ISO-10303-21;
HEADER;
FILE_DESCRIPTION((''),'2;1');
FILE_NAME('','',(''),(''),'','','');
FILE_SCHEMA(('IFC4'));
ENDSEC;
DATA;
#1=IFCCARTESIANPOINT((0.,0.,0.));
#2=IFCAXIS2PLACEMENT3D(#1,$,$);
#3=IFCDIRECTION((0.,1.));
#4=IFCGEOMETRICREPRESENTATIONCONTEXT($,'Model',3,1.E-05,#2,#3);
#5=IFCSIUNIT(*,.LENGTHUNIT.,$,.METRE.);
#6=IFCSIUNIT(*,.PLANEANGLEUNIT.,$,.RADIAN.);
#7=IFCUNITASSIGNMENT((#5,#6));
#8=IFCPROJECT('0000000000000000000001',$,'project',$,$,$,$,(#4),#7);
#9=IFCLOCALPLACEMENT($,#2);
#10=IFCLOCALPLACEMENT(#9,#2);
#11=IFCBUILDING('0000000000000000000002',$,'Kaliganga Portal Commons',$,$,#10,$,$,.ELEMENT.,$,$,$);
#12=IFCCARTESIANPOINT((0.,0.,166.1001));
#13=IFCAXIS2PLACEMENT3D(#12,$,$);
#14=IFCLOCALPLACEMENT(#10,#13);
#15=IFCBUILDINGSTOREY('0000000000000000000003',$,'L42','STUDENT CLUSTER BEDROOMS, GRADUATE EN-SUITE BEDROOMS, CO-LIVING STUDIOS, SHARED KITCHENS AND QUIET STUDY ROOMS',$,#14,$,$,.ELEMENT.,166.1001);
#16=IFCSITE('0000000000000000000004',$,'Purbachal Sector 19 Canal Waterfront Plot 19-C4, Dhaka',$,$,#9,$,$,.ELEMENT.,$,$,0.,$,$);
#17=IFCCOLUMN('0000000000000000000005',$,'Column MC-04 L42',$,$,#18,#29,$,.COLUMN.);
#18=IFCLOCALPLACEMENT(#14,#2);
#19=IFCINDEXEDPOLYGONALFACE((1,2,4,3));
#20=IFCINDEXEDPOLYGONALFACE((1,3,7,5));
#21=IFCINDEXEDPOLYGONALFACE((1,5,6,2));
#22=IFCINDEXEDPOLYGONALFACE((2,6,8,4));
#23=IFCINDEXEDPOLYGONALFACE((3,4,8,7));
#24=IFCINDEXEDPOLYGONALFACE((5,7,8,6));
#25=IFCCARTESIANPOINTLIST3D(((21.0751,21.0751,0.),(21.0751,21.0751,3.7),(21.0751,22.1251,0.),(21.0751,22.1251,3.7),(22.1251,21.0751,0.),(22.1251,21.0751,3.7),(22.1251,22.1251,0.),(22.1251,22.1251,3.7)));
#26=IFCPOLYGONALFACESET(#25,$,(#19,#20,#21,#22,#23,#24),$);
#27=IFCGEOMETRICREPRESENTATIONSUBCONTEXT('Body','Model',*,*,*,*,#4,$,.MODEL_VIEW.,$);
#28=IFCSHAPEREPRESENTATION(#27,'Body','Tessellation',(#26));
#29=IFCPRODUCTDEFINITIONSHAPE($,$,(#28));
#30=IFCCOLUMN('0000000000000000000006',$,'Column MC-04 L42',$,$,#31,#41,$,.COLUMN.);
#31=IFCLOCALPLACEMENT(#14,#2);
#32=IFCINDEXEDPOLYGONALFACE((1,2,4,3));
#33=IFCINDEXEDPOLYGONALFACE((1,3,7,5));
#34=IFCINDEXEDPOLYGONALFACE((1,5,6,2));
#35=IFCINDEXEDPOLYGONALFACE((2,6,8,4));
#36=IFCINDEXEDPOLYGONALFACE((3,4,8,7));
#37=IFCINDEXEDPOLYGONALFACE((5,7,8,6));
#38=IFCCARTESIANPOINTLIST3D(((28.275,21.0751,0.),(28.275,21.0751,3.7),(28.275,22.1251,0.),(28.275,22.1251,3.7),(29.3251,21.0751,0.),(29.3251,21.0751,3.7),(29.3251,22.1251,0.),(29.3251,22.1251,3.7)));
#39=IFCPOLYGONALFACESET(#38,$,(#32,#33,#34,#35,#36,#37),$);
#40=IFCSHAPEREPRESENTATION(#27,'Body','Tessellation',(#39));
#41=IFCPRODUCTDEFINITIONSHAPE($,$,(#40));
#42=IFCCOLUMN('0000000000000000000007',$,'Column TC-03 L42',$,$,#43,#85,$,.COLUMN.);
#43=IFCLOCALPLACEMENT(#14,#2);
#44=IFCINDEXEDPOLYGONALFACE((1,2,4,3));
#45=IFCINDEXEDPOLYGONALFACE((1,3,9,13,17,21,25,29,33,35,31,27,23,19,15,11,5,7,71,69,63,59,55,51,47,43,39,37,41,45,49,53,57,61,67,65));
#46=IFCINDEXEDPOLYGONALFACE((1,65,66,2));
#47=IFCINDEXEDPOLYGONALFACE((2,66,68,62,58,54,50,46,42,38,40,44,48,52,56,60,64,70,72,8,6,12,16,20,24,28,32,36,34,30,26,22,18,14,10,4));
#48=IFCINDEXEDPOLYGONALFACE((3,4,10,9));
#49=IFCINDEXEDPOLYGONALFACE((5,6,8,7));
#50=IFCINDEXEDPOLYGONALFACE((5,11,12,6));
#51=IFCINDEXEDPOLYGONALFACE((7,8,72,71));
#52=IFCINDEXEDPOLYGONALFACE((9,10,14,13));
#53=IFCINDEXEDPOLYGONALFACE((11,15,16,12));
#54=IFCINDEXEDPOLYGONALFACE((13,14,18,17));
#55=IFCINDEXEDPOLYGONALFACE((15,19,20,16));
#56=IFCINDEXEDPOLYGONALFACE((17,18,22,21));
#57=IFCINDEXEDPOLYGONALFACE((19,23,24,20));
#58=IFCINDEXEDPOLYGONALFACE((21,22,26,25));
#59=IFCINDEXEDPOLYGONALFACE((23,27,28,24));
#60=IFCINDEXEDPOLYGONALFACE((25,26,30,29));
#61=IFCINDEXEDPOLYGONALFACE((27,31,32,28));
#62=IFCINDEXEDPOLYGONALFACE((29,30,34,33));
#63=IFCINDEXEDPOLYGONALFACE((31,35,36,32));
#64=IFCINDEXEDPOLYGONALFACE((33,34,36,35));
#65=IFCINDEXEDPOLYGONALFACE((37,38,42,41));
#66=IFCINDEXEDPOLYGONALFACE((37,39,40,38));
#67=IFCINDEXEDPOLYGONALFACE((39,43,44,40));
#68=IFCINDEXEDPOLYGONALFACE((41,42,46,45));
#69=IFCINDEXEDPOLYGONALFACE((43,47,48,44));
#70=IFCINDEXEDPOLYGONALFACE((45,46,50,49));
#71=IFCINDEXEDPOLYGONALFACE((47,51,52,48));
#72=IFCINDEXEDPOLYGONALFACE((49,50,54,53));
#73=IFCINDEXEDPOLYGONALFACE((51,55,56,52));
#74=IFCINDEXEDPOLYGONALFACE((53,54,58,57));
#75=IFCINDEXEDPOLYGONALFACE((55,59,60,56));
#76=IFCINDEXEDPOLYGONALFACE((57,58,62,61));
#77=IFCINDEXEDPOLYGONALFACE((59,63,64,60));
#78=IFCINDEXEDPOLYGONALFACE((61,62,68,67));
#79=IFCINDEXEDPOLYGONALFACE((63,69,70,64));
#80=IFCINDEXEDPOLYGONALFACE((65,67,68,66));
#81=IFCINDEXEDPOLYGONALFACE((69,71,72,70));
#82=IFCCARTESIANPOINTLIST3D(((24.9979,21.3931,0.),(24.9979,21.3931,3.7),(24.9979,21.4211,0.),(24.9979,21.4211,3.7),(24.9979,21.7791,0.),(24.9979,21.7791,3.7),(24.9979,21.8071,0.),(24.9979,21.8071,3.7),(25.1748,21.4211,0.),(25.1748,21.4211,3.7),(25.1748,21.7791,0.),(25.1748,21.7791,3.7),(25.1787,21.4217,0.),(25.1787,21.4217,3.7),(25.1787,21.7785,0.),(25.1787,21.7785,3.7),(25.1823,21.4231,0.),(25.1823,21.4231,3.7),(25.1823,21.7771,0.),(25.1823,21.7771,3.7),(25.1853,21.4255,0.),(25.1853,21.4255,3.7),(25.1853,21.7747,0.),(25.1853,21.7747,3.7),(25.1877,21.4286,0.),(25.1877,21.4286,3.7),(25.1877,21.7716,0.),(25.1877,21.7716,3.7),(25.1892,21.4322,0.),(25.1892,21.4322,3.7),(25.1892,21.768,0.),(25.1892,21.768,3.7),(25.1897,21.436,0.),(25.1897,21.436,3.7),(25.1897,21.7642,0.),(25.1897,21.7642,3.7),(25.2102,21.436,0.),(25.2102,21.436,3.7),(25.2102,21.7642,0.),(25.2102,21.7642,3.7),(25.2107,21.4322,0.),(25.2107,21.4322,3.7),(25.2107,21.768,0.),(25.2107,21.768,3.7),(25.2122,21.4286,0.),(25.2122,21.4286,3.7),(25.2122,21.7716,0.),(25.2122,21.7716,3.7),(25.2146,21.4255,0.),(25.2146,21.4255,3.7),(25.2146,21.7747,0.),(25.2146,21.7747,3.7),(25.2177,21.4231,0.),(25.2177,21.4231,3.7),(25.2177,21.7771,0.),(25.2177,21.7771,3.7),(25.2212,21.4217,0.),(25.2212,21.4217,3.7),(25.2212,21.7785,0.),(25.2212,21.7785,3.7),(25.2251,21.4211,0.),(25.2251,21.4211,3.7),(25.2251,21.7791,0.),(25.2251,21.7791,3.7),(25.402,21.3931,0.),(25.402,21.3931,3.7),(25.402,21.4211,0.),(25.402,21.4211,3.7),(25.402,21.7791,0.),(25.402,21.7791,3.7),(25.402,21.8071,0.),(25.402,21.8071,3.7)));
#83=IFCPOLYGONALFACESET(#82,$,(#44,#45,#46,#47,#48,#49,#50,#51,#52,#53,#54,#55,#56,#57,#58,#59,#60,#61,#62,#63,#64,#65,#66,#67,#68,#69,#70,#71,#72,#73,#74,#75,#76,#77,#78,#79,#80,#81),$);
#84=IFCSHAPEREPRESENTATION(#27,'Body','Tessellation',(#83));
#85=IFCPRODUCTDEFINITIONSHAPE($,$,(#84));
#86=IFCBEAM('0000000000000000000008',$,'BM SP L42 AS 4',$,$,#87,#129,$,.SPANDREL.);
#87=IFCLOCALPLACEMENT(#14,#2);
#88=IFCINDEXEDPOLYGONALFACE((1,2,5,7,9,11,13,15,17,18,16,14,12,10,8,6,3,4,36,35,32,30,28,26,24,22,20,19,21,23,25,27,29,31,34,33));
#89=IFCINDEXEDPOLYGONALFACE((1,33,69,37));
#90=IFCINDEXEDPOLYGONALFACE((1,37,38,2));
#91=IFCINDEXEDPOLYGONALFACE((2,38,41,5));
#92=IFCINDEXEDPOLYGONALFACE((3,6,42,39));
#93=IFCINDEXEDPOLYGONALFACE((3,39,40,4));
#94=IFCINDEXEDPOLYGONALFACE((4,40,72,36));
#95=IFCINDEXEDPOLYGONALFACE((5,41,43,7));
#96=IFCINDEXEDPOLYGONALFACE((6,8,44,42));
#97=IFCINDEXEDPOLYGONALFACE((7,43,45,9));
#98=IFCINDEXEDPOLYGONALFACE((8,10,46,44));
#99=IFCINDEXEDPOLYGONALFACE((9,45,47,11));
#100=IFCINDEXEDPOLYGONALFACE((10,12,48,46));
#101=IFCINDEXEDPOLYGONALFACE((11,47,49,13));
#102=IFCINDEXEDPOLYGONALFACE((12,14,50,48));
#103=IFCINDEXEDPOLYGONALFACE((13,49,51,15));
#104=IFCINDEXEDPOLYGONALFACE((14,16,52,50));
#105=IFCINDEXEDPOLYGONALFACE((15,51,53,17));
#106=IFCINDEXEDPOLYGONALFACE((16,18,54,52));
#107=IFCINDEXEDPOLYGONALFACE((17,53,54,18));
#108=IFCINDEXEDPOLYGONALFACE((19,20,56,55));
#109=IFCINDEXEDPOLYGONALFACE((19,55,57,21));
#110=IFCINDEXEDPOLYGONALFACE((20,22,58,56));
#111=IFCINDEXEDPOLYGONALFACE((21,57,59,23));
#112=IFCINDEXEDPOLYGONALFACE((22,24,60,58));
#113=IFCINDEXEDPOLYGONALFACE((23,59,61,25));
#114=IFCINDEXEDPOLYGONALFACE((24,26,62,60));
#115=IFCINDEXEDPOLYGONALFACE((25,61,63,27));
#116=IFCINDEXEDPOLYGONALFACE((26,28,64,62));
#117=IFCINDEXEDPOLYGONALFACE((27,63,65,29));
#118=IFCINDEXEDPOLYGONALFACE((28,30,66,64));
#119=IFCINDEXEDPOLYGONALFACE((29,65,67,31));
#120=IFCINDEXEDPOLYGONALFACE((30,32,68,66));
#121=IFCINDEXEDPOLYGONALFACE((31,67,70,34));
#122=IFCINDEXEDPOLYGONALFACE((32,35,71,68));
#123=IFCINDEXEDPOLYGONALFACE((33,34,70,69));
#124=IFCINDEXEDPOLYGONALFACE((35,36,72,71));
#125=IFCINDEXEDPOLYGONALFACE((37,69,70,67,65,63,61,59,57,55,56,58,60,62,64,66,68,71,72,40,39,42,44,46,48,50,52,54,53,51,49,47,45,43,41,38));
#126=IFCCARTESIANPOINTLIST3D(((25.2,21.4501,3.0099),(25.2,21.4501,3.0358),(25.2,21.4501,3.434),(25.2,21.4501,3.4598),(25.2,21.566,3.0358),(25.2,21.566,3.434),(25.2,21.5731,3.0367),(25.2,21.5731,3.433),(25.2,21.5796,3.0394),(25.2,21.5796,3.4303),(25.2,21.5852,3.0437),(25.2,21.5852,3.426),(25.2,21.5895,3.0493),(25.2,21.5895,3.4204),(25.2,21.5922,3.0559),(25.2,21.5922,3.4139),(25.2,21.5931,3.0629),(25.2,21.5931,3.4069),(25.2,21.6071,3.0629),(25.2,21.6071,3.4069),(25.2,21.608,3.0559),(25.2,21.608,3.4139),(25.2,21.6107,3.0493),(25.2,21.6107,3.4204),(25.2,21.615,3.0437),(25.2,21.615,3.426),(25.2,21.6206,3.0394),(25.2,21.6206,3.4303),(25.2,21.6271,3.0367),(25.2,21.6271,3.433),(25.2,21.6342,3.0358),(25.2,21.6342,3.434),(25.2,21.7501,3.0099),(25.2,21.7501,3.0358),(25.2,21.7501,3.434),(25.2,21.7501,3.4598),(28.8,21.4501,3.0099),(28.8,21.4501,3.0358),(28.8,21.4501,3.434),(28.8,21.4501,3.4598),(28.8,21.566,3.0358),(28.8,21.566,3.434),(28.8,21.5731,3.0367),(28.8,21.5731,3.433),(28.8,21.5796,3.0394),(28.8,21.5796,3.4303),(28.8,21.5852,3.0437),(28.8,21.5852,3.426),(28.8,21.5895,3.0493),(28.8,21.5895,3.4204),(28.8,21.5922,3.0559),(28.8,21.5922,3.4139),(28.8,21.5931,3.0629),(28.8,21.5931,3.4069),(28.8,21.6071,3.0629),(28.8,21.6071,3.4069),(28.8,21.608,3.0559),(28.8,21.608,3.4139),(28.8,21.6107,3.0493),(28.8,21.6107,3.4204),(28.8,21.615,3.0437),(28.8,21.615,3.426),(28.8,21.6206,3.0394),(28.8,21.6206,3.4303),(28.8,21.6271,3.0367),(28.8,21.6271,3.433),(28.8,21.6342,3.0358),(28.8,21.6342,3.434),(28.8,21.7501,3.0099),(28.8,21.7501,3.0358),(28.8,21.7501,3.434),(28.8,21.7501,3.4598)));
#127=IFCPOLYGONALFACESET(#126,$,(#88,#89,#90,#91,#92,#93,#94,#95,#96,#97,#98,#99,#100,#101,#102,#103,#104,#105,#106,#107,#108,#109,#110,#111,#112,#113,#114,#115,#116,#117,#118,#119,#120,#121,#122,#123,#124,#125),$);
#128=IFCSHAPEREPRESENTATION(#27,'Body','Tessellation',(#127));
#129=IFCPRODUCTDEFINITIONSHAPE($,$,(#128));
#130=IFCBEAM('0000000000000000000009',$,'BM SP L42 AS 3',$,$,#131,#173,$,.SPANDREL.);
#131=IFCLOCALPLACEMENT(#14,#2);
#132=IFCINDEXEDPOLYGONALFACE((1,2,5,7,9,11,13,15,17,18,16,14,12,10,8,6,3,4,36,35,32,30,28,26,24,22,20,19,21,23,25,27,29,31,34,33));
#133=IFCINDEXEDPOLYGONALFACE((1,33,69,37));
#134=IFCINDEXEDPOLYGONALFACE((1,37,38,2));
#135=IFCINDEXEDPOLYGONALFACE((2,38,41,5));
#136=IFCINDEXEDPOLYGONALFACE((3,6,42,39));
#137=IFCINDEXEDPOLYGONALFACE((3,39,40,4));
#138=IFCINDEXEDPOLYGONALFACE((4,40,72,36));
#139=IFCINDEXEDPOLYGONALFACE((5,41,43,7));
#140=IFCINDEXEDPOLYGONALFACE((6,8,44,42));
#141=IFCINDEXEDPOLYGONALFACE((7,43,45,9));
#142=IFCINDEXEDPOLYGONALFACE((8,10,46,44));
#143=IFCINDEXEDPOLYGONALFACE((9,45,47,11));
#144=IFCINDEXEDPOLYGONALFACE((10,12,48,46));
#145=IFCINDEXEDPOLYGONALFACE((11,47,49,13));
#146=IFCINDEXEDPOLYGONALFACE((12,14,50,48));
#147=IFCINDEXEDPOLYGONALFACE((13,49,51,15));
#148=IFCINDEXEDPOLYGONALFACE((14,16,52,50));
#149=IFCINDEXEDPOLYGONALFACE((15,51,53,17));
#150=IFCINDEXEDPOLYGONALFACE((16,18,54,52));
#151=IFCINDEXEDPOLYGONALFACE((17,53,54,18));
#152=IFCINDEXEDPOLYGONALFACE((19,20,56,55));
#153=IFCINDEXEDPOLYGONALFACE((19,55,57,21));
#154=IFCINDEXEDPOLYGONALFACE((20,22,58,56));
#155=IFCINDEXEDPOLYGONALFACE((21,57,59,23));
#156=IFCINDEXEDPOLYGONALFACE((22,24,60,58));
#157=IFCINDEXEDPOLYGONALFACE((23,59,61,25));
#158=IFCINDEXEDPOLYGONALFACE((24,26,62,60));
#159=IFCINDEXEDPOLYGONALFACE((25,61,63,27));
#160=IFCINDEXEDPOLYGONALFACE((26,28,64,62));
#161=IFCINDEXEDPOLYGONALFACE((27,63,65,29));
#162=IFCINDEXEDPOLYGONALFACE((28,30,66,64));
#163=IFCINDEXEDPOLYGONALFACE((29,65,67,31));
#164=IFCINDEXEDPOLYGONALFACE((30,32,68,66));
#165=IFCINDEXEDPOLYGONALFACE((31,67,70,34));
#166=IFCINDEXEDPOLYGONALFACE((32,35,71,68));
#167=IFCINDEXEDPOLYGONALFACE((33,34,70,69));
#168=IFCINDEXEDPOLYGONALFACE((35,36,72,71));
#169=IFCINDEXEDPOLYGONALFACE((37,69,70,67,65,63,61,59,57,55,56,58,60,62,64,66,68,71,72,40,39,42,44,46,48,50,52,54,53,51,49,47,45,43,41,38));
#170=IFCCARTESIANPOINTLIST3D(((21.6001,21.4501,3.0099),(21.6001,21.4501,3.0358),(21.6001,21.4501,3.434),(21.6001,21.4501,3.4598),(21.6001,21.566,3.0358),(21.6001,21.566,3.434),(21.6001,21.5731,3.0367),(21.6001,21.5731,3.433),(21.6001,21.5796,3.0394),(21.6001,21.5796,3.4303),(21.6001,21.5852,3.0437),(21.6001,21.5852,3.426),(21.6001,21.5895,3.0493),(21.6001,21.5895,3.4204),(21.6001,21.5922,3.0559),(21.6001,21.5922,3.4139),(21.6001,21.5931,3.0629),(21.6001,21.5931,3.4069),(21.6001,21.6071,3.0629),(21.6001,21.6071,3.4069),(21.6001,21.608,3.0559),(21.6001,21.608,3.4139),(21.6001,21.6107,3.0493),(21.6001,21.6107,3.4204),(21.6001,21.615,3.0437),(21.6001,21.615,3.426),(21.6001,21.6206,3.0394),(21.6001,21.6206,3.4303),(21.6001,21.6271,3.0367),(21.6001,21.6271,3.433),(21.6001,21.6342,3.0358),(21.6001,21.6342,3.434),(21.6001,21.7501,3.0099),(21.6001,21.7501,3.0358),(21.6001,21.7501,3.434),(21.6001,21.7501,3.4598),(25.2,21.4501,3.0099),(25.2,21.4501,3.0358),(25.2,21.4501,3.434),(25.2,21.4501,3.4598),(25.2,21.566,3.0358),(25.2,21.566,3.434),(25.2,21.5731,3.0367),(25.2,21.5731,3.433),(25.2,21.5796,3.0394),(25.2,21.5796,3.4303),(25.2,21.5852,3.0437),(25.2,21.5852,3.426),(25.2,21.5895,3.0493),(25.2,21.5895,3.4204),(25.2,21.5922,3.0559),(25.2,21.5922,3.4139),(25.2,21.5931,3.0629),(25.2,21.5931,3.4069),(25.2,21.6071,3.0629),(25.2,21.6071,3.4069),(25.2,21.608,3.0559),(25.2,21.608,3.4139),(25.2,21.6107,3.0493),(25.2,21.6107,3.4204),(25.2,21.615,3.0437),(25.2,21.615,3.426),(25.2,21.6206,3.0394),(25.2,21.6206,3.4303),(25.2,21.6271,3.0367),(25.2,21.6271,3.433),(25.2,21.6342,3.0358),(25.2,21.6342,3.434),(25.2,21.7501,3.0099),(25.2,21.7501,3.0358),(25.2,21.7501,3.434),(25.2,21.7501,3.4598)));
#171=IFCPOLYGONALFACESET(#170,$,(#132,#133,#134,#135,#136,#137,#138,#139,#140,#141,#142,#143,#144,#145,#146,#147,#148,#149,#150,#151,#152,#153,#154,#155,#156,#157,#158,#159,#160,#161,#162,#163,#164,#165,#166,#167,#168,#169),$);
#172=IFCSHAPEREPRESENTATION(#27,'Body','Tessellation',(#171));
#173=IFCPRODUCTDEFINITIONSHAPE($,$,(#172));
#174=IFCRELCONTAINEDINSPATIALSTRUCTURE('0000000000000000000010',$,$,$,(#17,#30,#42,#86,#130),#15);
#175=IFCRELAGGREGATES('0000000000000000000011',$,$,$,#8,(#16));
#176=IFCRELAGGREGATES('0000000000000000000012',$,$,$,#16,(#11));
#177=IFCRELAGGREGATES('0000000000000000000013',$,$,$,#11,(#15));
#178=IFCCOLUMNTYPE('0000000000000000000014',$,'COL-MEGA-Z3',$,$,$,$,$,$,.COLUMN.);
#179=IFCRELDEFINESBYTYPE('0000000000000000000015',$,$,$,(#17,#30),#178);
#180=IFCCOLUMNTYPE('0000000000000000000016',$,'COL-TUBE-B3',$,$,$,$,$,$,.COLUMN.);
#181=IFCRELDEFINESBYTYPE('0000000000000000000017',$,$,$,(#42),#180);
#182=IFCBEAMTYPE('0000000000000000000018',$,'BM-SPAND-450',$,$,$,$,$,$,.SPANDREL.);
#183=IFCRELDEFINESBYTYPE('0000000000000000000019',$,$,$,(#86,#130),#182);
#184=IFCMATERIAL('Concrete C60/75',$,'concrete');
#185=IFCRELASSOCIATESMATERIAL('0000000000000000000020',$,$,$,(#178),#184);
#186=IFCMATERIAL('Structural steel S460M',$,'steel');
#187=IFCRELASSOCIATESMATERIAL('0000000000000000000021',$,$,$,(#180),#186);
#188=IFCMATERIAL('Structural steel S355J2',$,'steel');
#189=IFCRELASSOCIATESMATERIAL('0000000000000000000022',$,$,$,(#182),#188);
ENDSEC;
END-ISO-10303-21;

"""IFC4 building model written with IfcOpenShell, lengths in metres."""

from ifc_helpers import new_model, si_unit, direction, frame, origin, origin_2d, place, context, subcontext, project, spatial, rectangle, i_section, extrude, source, transform, mapped, material, material_profile, profile_set, type_object, element, save


model = new_model("IFC4")

# Units and contexts
model_context = context("Model", 3, precision=1e-05, world=origin(), true_north=direction((0.0, 1.0)))
body_context = subcontext(model_context, "Body", "Model", "MODEL_VIEW")
ifc_project = project(units=[si_unit("LENGTHUNIT", "METRE"), si_unit("PLANEANGLEUNIT", "RADIAN")], contexts=[model_context])

# Site, building, storey
site_placement = place(None, origin())
site = spatial("IfcSite", under=ifc_project, at=site_placement, Name="Purbachal Sector 19 Canal Waterfront Plot 19-C4, Dhaka", CompositionType="ELEMENT", RefElevation=0.0)
building_placement = place(site_placement, origin())
building = spatial("IfcBuilding", under=site, at=building_placement, Name="Kaliganga Portal Commons", CompositionType="ELEMENT")
storey_placement = place(building_placement, frame((0.0, 0.0, 166.1001)))
storey = spatial("IfcBuildingStorey", under=building, at=storey_placement, Name="L42", Description="STUDENT CLUSTER BEDROOMS, GRADUATE EN-SUITE BEDROOMS, CO-LIVING STUDIOS, SHARED KITCHENS AND QUIET STUDY ROOMS", CompositionType="ELEMENT", Elevation=166.1001)

# Columns
ifc_material_1 = material(Name="Concrete C60/75", Category="concrete")
ifc_material_profile_1 = material_profile(ifc_material_1, rectangle(XDim=1.05, YDim=1.05, at=origin_2d()), Name="RC 1050x1050")
ifc_profile_set_1 = profile_set([ifc_material_profile_1], Name="Concrete C60/75")
column_type_1 = type_object("IfcColumnType", Name="COL-MEGA-Z3", PredefinedType="COLUMN", material=ifc_profile_set_1)
shared_shape_1 = source(origin(), body_context, "Body", "SweptSolid", [
    extrude(rectangle(XDim=1.05, YDim=1.05, at=origin_2d()), origin(), (0.0, 0.0, 1.0), 3.7),
])
for number, where, z_axis, x_axis, name in (
    (1, (21.6001, 21.6001, 0.0), (0.0, 0.0, 1.0), (1.0, 0.0, 0.0), "Column MC-04 L42"),
    (2, (28.8, 21.6001, 0.0), (0.0, 0.0, 1.0), (1.0, 0.0, 0.0), "Column MC-04 L42"),
):
    element("IfcColumn", number, at=place(storey_placement, frame(where, z_axis=z_axis, x_axis=x_axis)), inside=storey, type_object=column_type_1, Name=name, PredefinedType="COLUMN", context=body_context, shape_type="MappedRepresentation", body=[
        mapped(shared_shape_1, transform((0.0, 0.0, 0.0), x_axis=(1.0, 0.0, 0.0), y_axis=(0.0, 1.0, 0.0), z_axis=(0.0, 0.0, 1.0), scale=1.0)),
    ])
ifc_material_2 = material(Name="Structural steel S460M", Category="steel")
ifc_material_profile_2 = material_profile(ifc_material_2, i_section(OverallWidth=0.4041, OverallDepth=0.4141, WebThickness=0.0205, FlangeThickness=0.0281, FilletRadius=0.0149, at=origin_2d()), Name="HD 400x347")
ifc_profile_set_2 = profile_set([ifc_material_profile_2], Name="Structural steel S460M wide-flange")
column_type_2 = type_object("IfcColumnType", Name="COL-TUBE-B3", PredefinedType="COLUMN", material=ifc_profile_set_2)
shared_shape_2 = source(origin(), body_context, "Body", "SweptSolid", [
    extrude(i_section(OverallWidth=0.4041, OverallDepth=0.4141, WebThickness=0.0205, FlangeThickness=0.0281, FilletRadius=0.0149, at=origin_2d()), origin(), (0.0, 0.0, 1.0), 3.7),
])
column_placement = place(storey_placement, frame((25.2, 21.6001, 0.0), z_axis=(0.0, 0.0, 1.0), x_axis=(1.0, 0.0, 0.0)))
element("IfcColumn", 3, at=column_placement, inside=storey, type_object=column_type_2, Name="Column TC-03 L42", PredefinedType="COLUMN", context=body_context, shape_type="MappedRepresentation", body=[
    mapped(shared_shape_2, transform((0.0, 0.0, 0.0), x_axis=(1.0, 0.0, 0.0), y_axis=(0.0, 1.0, 0.0), z_axis=(0.0, 0.0, 1.0), scale=1.0)),
])

# Beams
ifc_material_3 = material(Name="Structural steel S355J2", Category="steel")
ifc_material_profile_3 = material_profile(ifc_material_3, i_section(OverallWidth=0.3, OverallDepth=0.45, WebThickness=0.0139, FlangeThickness=0.0259, FilletRadius=0.0271, at=origin_2d()), Name="HE 450 B")
ifc_profile_set_3 = profile_set([ifc_material_profile_3], Name="Structural steel S355J2 wide-flange")
beam_type_1 = type_object("IfcBeamType", Name="BM-SPAND-450", PredefinedType="SPANDREL", material=ifc_profile_set_3)
shared_shape_3 = source(origin(), body_context, "Body", "SweptSolid", [
    extrude(i_section(OverallWidth=0.3, OverallDepth=0.45, WebThickness=0.0139, FlangeThickness=0.0259, FilletRadius=0.0271, at=origin_2d()), origin(), (0.0, 0.0, 1.0), 3.6001),
])
beam_1_placement = place(storey_placement, frame((25.2, 21.6001, 3.2349), z_axis=(1.0, 0.0, 0.0), x_axis=(0.0, 1.0, 0.0)))
element("IfcBeam", 4, at=beam_1_placement, inside=storey, type_object=beam_type_1, Name="BM SP L42 AS 4", PredefinedType="SPANDREL", context=body_context, shape_type="MappedRepresentation", body=[
    mapped(shared_shape_3, transform((0.0, 0.0, 0.0), x_axis=(1.0, 0.0, 0.0), y_axis=(0.0, 1.0, 0.0), z_axis=(0.0, 0.0, 1.0), scale=1.0)),
])
shared_shape_4 = source(origin(), body_context, "Body", "SweptSolid", [
    extrude(i_section(OverallWidth=0.3, OverallDepth=0.45, WebThickness=0.0139, FlangeThickness=0.0259, FilletRadius=0.0271, at=origin_2d()), origin(), (0.0, 0.0, 1.0), 3.5999),
])
beam_2_placement = place(storey_placement, frame((21.6001, 21.6001, 3.2349), z_axis=(1.0, 0.0, 0.0), x_axis=(0.0, 1.0, 0.0)))
element("IfcBeam", 5, at=beam_2_placement, inside=storey, type_object=beam_type_1, Name="BM SP L42 AS 3", PredefinedType="SPANDREL", context=body_context, shape_type="MappedRepresentation", body=[
    mapped(shared_shape_4, transform((0.0, 0.0, 0.0), x_axis=(1.0, 0.0, 0.0), y_axis=(0.0, 1.0, 0.0), z_axis=(0.0, 0.0, 1.0), scale=1.0)),
])

save(model, "model.ifc")
